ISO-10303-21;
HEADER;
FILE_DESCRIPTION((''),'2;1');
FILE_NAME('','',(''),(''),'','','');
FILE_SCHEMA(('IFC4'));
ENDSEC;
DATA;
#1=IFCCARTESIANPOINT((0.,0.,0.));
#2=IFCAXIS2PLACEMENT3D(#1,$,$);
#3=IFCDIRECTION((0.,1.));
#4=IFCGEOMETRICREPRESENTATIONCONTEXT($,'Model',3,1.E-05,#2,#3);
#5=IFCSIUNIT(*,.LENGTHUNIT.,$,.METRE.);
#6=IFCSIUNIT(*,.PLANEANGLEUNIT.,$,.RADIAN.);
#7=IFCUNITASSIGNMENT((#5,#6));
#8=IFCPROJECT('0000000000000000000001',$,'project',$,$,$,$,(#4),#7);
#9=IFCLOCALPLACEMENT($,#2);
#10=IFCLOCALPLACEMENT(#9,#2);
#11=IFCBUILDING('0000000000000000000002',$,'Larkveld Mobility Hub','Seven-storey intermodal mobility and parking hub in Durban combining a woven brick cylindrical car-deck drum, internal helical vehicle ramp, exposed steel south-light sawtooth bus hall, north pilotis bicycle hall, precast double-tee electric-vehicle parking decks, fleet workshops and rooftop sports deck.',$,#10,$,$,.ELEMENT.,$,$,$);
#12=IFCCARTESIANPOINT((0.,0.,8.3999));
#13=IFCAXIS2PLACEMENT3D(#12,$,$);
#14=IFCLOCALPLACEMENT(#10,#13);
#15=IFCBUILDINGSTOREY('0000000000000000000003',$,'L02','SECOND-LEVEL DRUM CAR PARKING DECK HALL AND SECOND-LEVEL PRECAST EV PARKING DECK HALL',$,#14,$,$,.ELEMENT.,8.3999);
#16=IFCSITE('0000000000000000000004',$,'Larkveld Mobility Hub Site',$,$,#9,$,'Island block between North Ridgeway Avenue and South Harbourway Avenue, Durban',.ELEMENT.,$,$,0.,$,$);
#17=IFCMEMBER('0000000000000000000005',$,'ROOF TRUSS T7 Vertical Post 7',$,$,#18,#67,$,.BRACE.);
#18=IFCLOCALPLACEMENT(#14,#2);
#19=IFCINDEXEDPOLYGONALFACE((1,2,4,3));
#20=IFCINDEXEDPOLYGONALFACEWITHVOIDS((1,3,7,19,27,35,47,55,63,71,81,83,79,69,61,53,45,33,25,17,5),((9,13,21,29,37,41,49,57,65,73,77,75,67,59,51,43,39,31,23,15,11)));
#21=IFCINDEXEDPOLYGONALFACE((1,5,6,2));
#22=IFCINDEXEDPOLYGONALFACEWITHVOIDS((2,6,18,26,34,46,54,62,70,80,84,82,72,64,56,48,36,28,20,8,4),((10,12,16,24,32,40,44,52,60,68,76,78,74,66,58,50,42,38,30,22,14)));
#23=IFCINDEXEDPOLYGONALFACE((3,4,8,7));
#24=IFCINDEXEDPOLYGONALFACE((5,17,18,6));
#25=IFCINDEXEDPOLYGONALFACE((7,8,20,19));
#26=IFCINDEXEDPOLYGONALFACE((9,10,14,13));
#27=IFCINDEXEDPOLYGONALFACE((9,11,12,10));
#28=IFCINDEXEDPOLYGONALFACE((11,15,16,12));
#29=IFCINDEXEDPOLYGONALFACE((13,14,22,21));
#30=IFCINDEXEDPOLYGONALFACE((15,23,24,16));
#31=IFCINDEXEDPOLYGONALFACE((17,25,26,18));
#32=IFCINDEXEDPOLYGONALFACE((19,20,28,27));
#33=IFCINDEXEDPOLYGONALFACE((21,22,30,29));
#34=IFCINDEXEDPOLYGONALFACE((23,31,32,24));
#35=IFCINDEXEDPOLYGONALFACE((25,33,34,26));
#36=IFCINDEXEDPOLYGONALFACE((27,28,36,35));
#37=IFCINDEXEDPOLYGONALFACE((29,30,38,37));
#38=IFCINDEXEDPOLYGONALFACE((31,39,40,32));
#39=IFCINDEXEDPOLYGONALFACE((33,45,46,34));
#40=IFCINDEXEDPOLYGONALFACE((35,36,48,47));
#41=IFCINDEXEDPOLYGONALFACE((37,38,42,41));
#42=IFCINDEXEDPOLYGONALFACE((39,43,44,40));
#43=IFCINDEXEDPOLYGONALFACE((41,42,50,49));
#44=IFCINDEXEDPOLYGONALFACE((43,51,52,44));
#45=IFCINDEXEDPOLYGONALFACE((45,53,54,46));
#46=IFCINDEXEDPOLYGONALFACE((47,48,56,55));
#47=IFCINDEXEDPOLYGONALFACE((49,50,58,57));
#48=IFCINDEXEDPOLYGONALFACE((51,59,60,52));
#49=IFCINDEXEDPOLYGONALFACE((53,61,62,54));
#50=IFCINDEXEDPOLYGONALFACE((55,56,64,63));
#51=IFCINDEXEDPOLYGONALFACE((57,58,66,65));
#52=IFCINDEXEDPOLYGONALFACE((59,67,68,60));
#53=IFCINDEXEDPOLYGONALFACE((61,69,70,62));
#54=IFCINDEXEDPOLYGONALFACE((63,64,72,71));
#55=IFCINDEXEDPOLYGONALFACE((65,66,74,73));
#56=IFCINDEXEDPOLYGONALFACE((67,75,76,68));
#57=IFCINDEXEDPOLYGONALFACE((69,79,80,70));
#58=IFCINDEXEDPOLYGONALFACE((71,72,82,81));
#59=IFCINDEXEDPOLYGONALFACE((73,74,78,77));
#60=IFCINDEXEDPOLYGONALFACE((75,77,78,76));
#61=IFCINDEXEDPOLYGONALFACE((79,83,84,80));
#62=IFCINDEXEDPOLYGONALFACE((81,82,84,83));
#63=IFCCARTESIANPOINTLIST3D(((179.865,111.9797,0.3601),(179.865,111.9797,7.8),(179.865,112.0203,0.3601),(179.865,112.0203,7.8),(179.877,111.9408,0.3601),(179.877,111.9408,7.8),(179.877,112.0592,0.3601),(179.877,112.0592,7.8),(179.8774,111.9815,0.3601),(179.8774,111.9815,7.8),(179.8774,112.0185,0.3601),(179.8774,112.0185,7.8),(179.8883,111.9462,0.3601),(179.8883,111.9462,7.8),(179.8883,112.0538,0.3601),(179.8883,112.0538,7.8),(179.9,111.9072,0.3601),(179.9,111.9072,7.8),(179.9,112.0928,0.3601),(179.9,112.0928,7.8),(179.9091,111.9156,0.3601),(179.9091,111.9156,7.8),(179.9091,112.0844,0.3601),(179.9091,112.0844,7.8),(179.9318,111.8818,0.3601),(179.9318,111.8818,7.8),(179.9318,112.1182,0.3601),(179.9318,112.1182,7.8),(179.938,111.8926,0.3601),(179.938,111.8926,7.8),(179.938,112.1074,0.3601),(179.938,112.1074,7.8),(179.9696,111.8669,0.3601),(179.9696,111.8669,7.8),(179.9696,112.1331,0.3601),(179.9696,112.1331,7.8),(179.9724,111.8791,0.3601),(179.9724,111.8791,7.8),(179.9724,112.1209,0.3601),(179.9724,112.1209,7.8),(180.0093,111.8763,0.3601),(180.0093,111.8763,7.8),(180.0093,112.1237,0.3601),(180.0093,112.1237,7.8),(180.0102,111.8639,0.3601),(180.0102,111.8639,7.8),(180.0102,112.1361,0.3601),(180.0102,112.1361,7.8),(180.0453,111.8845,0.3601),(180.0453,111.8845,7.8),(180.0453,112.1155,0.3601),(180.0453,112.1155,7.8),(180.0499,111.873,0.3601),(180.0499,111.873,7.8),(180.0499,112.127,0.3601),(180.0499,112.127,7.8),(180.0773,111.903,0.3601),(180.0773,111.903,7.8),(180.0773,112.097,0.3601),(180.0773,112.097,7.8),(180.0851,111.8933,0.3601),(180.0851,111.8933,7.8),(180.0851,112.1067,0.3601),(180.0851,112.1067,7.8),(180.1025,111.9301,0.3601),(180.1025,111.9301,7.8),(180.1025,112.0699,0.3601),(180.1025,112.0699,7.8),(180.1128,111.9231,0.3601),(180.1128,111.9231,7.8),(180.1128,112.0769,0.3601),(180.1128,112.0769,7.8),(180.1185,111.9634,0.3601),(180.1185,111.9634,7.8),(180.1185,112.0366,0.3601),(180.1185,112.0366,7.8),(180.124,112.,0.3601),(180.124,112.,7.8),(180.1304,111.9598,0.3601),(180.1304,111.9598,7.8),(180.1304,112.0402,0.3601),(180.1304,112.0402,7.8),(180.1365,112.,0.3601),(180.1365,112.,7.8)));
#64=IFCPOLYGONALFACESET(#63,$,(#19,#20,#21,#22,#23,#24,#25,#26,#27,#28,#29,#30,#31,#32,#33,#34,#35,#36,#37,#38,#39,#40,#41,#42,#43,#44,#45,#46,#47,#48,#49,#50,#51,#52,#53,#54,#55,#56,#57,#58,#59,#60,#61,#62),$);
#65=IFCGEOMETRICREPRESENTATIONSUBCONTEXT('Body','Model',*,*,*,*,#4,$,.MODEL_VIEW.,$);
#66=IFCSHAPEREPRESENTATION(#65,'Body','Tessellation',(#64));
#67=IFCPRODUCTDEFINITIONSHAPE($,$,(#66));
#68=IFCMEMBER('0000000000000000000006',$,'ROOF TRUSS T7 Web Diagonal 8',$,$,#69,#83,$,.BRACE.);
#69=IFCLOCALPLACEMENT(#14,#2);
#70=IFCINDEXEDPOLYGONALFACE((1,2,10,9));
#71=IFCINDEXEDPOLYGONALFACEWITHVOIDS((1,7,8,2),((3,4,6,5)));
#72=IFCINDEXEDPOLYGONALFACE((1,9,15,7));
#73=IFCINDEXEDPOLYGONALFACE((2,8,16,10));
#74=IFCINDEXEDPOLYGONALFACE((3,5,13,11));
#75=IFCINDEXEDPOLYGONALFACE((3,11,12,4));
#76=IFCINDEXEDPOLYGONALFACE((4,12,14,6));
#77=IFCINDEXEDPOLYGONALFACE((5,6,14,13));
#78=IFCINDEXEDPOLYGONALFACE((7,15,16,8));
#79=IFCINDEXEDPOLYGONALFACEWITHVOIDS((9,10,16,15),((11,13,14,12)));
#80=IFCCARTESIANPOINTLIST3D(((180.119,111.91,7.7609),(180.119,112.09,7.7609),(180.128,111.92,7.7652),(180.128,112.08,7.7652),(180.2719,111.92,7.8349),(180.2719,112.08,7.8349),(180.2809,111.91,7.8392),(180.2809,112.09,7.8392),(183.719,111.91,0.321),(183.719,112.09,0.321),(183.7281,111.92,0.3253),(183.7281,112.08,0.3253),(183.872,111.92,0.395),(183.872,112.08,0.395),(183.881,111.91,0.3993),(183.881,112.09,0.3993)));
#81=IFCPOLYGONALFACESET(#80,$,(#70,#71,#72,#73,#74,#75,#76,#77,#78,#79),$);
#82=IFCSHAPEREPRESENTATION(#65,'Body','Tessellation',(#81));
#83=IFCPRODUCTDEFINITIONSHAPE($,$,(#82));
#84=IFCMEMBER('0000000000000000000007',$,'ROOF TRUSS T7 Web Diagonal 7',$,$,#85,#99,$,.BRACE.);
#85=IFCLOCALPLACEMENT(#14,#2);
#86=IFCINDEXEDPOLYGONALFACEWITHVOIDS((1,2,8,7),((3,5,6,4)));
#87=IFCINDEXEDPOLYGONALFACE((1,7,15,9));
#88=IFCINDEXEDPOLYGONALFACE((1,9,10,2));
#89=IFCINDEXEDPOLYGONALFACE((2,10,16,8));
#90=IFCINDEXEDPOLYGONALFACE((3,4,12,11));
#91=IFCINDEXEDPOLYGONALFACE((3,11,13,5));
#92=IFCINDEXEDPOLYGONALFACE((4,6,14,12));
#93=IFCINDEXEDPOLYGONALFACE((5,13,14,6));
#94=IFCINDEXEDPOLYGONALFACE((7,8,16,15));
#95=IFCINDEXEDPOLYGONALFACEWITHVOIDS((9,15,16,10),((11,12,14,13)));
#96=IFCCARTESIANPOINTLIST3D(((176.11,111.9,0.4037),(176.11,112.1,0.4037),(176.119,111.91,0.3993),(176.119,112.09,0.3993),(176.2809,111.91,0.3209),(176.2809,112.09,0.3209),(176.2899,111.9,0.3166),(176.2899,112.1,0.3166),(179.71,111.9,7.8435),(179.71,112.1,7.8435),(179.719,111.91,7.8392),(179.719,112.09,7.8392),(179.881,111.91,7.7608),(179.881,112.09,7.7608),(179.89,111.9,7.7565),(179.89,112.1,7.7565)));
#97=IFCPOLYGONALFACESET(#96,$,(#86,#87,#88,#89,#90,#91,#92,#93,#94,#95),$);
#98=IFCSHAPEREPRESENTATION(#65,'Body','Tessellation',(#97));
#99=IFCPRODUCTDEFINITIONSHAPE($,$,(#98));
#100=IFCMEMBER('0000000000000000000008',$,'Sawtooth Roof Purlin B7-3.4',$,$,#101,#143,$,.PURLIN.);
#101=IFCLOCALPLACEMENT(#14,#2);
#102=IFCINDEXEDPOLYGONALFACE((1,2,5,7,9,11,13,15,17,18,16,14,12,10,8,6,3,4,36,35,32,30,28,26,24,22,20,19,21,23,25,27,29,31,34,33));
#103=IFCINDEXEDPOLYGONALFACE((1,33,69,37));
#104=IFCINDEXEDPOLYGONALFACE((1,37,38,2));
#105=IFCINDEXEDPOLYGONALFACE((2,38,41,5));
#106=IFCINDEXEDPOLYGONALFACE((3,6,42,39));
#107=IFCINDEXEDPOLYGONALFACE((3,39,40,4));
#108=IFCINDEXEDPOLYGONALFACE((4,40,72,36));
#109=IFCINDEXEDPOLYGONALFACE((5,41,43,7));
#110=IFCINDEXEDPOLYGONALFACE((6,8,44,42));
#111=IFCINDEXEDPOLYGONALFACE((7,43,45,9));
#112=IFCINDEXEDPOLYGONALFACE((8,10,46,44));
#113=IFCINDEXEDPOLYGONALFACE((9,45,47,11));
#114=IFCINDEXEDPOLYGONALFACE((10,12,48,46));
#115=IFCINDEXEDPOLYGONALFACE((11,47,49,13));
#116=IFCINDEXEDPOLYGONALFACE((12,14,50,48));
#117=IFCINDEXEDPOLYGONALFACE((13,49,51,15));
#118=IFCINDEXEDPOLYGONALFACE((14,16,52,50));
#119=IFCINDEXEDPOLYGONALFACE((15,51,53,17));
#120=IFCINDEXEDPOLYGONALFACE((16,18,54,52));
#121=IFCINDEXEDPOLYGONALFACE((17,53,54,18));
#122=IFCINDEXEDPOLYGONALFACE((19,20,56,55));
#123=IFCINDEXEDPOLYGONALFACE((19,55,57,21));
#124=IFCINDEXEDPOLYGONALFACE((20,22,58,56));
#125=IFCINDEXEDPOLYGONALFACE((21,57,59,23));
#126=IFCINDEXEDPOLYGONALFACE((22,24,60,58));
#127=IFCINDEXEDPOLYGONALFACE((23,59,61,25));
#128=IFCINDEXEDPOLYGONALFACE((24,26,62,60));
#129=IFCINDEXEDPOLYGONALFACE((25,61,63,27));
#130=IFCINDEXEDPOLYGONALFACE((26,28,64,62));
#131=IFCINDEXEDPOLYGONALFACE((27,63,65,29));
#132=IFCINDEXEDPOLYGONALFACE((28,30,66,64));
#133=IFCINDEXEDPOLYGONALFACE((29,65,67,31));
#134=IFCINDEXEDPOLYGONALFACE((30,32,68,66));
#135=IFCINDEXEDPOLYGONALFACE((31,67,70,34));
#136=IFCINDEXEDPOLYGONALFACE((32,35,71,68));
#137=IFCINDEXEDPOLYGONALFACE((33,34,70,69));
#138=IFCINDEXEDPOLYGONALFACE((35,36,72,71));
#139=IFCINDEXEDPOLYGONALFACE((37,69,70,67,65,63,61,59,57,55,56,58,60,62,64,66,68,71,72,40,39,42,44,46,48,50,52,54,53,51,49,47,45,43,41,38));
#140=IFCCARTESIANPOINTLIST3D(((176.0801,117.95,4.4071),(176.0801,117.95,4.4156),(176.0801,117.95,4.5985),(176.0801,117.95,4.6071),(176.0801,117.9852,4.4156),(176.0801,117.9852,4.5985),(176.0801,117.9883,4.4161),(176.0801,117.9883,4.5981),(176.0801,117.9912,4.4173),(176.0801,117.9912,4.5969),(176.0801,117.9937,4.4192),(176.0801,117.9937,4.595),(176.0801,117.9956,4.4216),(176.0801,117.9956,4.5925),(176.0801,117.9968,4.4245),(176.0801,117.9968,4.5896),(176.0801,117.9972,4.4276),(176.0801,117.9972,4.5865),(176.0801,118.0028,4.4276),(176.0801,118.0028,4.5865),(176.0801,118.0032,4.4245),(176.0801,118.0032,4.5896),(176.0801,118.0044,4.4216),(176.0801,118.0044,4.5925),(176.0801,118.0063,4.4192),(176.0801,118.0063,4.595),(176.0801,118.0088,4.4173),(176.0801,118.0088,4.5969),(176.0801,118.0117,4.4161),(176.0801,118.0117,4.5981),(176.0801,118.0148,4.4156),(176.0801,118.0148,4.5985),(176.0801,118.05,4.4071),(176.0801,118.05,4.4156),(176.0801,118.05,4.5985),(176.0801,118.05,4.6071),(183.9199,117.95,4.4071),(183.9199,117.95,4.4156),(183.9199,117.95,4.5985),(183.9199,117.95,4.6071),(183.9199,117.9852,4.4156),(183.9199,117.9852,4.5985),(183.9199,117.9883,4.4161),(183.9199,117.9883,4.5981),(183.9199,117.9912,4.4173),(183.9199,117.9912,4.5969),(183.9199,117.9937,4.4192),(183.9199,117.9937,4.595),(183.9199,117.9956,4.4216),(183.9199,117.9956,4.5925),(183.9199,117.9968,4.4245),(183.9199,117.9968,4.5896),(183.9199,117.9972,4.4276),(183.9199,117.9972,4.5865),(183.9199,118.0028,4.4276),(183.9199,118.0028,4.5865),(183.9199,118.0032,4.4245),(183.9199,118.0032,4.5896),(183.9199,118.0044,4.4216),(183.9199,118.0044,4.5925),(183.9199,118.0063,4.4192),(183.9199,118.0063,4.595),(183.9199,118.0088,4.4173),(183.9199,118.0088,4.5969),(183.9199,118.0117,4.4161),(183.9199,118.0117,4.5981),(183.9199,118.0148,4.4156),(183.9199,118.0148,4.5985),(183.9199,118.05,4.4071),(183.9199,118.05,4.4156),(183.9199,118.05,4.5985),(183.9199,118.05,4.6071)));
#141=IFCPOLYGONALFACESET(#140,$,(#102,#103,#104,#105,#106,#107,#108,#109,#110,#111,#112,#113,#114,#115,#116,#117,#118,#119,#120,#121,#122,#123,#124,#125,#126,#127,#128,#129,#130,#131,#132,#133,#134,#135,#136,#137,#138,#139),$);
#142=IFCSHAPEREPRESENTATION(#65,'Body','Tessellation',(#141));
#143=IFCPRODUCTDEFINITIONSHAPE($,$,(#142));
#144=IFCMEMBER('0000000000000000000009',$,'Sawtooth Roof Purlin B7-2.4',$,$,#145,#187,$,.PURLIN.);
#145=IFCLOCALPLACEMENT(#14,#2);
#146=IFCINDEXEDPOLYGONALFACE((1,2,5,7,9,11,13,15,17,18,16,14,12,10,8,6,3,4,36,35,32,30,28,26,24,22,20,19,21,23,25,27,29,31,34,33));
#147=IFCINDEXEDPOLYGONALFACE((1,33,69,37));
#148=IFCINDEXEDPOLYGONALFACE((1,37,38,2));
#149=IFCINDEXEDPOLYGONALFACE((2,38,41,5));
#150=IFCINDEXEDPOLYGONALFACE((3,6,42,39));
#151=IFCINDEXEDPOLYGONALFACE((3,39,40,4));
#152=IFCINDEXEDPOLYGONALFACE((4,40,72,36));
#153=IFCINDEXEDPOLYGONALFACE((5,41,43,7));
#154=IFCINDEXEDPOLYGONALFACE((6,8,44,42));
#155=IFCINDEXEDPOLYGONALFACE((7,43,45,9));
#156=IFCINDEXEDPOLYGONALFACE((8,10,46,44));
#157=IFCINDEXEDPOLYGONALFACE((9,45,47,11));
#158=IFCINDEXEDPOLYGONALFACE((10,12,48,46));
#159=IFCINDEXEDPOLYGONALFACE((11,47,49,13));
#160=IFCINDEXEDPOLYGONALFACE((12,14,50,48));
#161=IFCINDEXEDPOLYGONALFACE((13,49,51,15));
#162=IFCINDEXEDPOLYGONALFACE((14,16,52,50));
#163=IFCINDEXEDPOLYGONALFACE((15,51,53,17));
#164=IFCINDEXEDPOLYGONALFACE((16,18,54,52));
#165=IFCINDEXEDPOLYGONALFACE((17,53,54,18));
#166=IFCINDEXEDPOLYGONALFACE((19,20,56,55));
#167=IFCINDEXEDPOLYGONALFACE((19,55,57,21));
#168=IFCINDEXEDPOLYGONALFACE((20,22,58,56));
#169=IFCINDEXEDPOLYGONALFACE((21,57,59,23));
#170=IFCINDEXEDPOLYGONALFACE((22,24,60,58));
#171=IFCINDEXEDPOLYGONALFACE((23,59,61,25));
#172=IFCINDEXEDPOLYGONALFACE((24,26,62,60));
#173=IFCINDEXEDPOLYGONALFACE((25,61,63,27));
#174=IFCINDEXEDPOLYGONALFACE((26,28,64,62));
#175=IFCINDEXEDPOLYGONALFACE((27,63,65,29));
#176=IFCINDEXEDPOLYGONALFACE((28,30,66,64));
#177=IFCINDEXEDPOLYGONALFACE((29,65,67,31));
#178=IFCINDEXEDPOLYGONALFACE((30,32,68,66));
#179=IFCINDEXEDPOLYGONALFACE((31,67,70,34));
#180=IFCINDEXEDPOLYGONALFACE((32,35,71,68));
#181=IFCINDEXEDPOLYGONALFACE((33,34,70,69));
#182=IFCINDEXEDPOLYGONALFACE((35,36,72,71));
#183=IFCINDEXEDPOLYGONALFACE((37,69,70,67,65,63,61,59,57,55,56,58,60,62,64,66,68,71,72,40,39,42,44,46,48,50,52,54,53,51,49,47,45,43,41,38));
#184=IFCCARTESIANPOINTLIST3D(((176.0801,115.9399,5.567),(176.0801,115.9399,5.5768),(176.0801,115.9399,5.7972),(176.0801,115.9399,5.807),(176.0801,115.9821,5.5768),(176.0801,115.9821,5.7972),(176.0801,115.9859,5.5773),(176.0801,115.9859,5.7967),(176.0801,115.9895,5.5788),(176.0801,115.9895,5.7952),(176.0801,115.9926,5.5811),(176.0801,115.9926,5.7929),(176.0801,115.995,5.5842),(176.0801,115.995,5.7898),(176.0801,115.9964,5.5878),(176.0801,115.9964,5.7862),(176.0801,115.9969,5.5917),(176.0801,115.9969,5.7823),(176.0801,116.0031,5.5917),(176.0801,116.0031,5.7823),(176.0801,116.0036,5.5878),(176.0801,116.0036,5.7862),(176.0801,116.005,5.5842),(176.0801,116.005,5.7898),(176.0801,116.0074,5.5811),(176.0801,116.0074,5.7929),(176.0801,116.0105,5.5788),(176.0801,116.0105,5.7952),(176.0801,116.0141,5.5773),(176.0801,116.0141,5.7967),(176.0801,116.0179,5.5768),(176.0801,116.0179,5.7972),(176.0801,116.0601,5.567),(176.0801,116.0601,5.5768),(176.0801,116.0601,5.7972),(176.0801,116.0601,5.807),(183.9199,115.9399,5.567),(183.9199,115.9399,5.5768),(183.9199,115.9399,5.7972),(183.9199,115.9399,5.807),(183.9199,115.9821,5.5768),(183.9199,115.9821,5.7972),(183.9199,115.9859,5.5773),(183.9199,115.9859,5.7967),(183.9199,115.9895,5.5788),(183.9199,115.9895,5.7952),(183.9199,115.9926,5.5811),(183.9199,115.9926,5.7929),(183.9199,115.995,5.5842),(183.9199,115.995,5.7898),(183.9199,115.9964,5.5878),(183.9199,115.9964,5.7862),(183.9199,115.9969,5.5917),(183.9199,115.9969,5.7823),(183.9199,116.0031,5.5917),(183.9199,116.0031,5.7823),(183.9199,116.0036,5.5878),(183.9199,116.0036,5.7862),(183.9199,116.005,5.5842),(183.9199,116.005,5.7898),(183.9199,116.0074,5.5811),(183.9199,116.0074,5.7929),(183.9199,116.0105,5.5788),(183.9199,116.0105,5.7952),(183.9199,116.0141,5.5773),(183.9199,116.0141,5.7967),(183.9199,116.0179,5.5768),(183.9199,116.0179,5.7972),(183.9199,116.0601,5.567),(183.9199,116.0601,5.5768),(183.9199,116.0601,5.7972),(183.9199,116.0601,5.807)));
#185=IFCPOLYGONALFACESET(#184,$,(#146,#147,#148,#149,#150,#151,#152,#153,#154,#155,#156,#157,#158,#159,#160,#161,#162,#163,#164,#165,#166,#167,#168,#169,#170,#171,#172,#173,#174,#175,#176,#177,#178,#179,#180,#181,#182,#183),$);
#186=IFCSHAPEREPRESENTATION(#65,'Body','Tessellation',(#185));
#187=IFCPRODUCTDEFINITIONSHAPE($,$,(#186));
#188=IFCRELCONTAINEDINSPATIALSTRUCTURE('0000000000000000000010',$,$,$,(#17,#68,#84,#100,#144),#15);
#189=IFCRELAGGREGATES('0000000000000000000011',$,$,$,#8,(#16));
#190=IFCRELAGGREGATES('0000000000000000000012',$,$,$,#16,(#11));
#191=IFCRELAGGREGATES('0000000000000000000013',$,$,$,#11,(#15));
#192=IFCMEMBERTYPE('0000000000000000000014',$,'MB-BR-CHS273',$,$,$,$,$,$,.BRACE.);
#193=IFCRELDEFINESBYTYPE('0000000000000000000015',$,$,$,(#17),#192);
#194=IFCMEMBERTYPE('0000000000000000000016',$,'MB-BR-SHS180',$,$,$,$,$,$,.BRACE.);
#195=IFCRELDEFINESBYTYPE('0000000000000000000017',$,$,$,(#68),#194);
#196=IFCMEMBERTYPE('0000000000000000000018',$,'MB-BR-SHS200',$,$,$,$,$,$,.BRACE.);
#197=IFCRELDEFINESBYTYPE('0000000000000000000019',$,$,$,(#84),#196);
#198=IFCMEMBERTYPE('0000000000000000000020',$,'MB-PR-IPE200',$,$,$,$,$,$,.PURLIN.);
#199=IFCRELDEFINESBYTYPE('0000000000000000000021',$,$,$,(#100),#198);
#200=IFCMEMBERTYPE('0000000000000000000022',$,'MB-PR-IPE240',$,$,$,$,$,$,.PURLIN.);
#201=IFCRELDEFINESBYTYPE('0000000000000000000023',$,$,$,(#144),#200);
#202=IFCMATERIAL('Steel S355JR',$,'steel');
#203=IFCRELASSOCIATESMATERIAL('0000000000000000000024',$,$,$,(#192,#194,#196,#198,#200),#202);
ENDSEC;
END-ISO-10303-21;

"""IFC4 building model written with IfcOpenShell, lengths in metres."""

from ifc_helpers import new_model, si_unit, direction, frame, origin, origin_2d, place, context, subcontext, project, spatial, hollow_rectangle, hollow_circle, i_section, extrude, material, material_profile, profile_set, type_object, element, save


model = new_model("IFC4")

# Units and contexts
model_context = context("Model", 3, precision=1e-05, world=origin(), true_north=direction((0.0, 1.0)))
body_context = subcontext(model_context, "Body", "Model", "MODEL_VIEW")
ifc_project = project(units=[si_unit("LENGTHUNIT", "METRE"), si_unit("PLANEANGLEUNIT", "RADIAN")], contexts=[model_context])

# Site, building, storey
site_placement = place(None, origin())
site = spatial("IfcSite", under=ifc_project, at=site_placement, Name="Larkveld Mobility Hub Site", LongName="Island block between North Ridgeway Avenue and South Harbourway Avenue, Durban", CompositionType="ELEMENT", RefElevation=0.0)
building_placement = place(site_placement, origin())
building = spatial("IfcBuilding", under=site, at=building_placement, Name="Larkveld Mobility Hub", Description="Seven-storey intermodal mobility and parking hub in Durban combining a woven brick cylindrical car-deck drum, internal helical vehicle ramp, exposed steel south-light sawtooth bus hall, north pilotis bicycle hall, precast double-tee electric-vehicle parking decks, fleet workshops and rooftop sports deck.", CompositionType="ELEMENT")
storey_placement = place(building_placement, frame((0.0, 0.0, 8.3999)))
storey = spatial("IfcBuildingStorey", under=building, at=storey_placement, Name="L02", Description="SECOND-LEVEL DRUM CAR PARKING DECK HALL AND SECOND-LEVEL PRECAST EV PARKING DECK HALL", CompositionType="ELEMENT", Elevation=8.3999)

# Shared definitions
ifc_material_1 = material(Name="Steel S355JR", Category="steel")

# Members
ifc_material_profile_1 = material_profile(ifc_material_1, hollow_circle(Radius=0.1365, WallThickness=0.0125, at=origin_2d()), Name="CHS 273x12.5")
ifc_profile_set_1 = profile_set([ifc_material_profile_1], Name="Steel S355JR")
member_type_1 = type_object("IfcMemberType", Name="MB-BR-CHS273", PredefinedType="BRACE", material=ifc_profile_set_1)
member_1_placement = place(storey_placement, frame((180.0, 112.0, 0.3601), z_axis=(0.0, 0.0, 1.0), x_axis=(1.0, 0.0, 0.0)))
element("IfcMember", 1, at=member_1_placement, inside=storey, type_object=member_type_1, Name="ROOF TRUSS T7 Vertical Post 7", PredefinedType="BRACE", context=body_context, shape_type="SweptSolid", body=[
    extrude(hollow_circle(Radius=0.1365, WallThickness=0.0125, at=origin_2d()), origin(), (0.0, 0.0, 1.0), 7.4399),
])
ifc_material_profile_2 = material_profile(ifc_material_1, hollow_rectangle(XDim=0.1799, YDim=0.1799, WallThickness=0.01, at=origin_2d()), Name="SHS 180x180x10")
ifc_profile_set_2 = profile_set([ifc_material_profile_2], Name="Steel S355JR")
member_type_2 = type_object("IfcMemberType", Name="MB-BR-SHS180", PredefinedType="BRACE", material=ifc_profile_set_2)
member_2_placement = place(storey_placement, frame((180.2, 112.0, 7.8), z_axis=(0.435573, 0.0, -0.900153), x_axis=(0.0, 1.0, 0.0)))
element("IfcMember", 2, at=member_2_placement, inside=storey, type_object=member_type_2, Name="ROOF TRUSS T7 Web Diagonal 8", PredefinedType="BRACE", context=body_context, shape_type="SweptSolid", body=[
    extrude(hollow_rectangle(XDim=0.1799, YDim=0.1799, WallThickness=0.01, at=origin_2d()), origin(), (0.0, 0.0, 1.0), 8.2651),
])
ifc_material_profile_3 = material_profile(ifc_material_1, hollow_rectangle(XDim=0.2, YDim=0.2, WallThickness=0.01, at=origin_2d()), Name="SHS 200x200x10")
ifc_profile_set_3 = profile_set([ifc_material_profile_3], Name="Steel S355JR")
member_type_3 = type_object("IfcMemberType", Name="MB-BR-SHS200", PredefinedType="BRACE", material=ifc_profile_set_3)
member_3_placement = place(storey_placement, frame((176.2, 112.0, 0.3601), z_axis=(0.435573, 0.0, 0.900153), x_axis=(0.0, 1.0, 0.0)))
element("IfcMember", 3, at=member_3_placement, inside=storey, type_object=member_type_3, Name="ROOF TRUSS T7 Web Diagonal 7", PredefinedType="BRACE", context=body_context, shape_type="SweptSolid", body=[
    extrude(hollow_rectangle(XDim=0.2, YDim=0.2, WallThickness=0.01, at=origin_2d()), origin(), (0.0, 0.0, 1.0), 8.2651),
])
ifc_material_profile_4 = material_profile(ifc_material_1, i_section(OverallWidth=0.1001, OverallDepth=0.2, WebThickness=0.0056, FlangeThickness=0.0085, FilletRadius=0.012, at=origin_2d()), Name="IPE 200")
ifc_profile_set_4 = profile_set([ifc_material_profile_4], Name="Steel S355JR")
member_type_4 = type_object("IfcMemberType", Name="MB-PR-IPE200", PredefinedType="PURLIN", material=ifc_profile_set_4)
member_4_placement = place(storey_placement, frame((176.0801, 118.0, 4.5071), z_axis=(1.0, 0.0, 0.0), x_axis=(0.0, 1.0, 0.0)))
element("IfcMember", 4, at=member_4_placement, inside=storey, type_object=member_type_4, Name="Sawtooth Roof Purlin B7-3.4", PredefinedType="PURLIN", context=body_context, shape_type="SweptSolid", body=[
    extrude(i_section(OverallWidth=0.1001, OverallDepth=0.2, WebThickness=0.0056, FlangeThickness=0.0085, FilletRadius=0.012, at=origin_2d()), origin(), (0.0, 0.0, 1.0), 7.8398),
])
ifc_material_profile_5 = material_profile(ifc_material_1, i_section(OverallWidth=0.1201, OverallDepth=0.24, WebThickness=0.0061, FlangeThickness=0.0098, FilletRadius=0.0149, at=origin_2d()), Name="IPE 240")
ifc_profile_set_5 = profile_set([ifc_material_profile_5], Name="Steel S355JR")
member_type_5 = type_object("IfcMemberType", Name="MB-PR-IPE240", PredefinedType="PURLIN", material=ifc_profile_set_5)
member_5_placement = place(storey_placement, frame((176.0801, 116.0, 5.687), z_axis=(1.0, 0.0, 0.0), x_axis=(0.0, 1.0, 0.0)))
element("IfcMember", 5, at=member_5_placement, inside=storey, type_object=member_type_5, Name="Sawtooth Roof Purlin B7-2.4", PredefinedType="PURLIN", context=body_context, shape_type="SweptSolid", body=[
    extrude(i_section(OverallWidth=0.1201, OverallDepth=0.24, WebThickness=0.0061, FlangeThickness=0.0098, FilletRadius=0.0149, at=origin_2d()), origin(), (0.0, 0.0, 1.0), 7.8398),
])

save(model, "model.ifc")
